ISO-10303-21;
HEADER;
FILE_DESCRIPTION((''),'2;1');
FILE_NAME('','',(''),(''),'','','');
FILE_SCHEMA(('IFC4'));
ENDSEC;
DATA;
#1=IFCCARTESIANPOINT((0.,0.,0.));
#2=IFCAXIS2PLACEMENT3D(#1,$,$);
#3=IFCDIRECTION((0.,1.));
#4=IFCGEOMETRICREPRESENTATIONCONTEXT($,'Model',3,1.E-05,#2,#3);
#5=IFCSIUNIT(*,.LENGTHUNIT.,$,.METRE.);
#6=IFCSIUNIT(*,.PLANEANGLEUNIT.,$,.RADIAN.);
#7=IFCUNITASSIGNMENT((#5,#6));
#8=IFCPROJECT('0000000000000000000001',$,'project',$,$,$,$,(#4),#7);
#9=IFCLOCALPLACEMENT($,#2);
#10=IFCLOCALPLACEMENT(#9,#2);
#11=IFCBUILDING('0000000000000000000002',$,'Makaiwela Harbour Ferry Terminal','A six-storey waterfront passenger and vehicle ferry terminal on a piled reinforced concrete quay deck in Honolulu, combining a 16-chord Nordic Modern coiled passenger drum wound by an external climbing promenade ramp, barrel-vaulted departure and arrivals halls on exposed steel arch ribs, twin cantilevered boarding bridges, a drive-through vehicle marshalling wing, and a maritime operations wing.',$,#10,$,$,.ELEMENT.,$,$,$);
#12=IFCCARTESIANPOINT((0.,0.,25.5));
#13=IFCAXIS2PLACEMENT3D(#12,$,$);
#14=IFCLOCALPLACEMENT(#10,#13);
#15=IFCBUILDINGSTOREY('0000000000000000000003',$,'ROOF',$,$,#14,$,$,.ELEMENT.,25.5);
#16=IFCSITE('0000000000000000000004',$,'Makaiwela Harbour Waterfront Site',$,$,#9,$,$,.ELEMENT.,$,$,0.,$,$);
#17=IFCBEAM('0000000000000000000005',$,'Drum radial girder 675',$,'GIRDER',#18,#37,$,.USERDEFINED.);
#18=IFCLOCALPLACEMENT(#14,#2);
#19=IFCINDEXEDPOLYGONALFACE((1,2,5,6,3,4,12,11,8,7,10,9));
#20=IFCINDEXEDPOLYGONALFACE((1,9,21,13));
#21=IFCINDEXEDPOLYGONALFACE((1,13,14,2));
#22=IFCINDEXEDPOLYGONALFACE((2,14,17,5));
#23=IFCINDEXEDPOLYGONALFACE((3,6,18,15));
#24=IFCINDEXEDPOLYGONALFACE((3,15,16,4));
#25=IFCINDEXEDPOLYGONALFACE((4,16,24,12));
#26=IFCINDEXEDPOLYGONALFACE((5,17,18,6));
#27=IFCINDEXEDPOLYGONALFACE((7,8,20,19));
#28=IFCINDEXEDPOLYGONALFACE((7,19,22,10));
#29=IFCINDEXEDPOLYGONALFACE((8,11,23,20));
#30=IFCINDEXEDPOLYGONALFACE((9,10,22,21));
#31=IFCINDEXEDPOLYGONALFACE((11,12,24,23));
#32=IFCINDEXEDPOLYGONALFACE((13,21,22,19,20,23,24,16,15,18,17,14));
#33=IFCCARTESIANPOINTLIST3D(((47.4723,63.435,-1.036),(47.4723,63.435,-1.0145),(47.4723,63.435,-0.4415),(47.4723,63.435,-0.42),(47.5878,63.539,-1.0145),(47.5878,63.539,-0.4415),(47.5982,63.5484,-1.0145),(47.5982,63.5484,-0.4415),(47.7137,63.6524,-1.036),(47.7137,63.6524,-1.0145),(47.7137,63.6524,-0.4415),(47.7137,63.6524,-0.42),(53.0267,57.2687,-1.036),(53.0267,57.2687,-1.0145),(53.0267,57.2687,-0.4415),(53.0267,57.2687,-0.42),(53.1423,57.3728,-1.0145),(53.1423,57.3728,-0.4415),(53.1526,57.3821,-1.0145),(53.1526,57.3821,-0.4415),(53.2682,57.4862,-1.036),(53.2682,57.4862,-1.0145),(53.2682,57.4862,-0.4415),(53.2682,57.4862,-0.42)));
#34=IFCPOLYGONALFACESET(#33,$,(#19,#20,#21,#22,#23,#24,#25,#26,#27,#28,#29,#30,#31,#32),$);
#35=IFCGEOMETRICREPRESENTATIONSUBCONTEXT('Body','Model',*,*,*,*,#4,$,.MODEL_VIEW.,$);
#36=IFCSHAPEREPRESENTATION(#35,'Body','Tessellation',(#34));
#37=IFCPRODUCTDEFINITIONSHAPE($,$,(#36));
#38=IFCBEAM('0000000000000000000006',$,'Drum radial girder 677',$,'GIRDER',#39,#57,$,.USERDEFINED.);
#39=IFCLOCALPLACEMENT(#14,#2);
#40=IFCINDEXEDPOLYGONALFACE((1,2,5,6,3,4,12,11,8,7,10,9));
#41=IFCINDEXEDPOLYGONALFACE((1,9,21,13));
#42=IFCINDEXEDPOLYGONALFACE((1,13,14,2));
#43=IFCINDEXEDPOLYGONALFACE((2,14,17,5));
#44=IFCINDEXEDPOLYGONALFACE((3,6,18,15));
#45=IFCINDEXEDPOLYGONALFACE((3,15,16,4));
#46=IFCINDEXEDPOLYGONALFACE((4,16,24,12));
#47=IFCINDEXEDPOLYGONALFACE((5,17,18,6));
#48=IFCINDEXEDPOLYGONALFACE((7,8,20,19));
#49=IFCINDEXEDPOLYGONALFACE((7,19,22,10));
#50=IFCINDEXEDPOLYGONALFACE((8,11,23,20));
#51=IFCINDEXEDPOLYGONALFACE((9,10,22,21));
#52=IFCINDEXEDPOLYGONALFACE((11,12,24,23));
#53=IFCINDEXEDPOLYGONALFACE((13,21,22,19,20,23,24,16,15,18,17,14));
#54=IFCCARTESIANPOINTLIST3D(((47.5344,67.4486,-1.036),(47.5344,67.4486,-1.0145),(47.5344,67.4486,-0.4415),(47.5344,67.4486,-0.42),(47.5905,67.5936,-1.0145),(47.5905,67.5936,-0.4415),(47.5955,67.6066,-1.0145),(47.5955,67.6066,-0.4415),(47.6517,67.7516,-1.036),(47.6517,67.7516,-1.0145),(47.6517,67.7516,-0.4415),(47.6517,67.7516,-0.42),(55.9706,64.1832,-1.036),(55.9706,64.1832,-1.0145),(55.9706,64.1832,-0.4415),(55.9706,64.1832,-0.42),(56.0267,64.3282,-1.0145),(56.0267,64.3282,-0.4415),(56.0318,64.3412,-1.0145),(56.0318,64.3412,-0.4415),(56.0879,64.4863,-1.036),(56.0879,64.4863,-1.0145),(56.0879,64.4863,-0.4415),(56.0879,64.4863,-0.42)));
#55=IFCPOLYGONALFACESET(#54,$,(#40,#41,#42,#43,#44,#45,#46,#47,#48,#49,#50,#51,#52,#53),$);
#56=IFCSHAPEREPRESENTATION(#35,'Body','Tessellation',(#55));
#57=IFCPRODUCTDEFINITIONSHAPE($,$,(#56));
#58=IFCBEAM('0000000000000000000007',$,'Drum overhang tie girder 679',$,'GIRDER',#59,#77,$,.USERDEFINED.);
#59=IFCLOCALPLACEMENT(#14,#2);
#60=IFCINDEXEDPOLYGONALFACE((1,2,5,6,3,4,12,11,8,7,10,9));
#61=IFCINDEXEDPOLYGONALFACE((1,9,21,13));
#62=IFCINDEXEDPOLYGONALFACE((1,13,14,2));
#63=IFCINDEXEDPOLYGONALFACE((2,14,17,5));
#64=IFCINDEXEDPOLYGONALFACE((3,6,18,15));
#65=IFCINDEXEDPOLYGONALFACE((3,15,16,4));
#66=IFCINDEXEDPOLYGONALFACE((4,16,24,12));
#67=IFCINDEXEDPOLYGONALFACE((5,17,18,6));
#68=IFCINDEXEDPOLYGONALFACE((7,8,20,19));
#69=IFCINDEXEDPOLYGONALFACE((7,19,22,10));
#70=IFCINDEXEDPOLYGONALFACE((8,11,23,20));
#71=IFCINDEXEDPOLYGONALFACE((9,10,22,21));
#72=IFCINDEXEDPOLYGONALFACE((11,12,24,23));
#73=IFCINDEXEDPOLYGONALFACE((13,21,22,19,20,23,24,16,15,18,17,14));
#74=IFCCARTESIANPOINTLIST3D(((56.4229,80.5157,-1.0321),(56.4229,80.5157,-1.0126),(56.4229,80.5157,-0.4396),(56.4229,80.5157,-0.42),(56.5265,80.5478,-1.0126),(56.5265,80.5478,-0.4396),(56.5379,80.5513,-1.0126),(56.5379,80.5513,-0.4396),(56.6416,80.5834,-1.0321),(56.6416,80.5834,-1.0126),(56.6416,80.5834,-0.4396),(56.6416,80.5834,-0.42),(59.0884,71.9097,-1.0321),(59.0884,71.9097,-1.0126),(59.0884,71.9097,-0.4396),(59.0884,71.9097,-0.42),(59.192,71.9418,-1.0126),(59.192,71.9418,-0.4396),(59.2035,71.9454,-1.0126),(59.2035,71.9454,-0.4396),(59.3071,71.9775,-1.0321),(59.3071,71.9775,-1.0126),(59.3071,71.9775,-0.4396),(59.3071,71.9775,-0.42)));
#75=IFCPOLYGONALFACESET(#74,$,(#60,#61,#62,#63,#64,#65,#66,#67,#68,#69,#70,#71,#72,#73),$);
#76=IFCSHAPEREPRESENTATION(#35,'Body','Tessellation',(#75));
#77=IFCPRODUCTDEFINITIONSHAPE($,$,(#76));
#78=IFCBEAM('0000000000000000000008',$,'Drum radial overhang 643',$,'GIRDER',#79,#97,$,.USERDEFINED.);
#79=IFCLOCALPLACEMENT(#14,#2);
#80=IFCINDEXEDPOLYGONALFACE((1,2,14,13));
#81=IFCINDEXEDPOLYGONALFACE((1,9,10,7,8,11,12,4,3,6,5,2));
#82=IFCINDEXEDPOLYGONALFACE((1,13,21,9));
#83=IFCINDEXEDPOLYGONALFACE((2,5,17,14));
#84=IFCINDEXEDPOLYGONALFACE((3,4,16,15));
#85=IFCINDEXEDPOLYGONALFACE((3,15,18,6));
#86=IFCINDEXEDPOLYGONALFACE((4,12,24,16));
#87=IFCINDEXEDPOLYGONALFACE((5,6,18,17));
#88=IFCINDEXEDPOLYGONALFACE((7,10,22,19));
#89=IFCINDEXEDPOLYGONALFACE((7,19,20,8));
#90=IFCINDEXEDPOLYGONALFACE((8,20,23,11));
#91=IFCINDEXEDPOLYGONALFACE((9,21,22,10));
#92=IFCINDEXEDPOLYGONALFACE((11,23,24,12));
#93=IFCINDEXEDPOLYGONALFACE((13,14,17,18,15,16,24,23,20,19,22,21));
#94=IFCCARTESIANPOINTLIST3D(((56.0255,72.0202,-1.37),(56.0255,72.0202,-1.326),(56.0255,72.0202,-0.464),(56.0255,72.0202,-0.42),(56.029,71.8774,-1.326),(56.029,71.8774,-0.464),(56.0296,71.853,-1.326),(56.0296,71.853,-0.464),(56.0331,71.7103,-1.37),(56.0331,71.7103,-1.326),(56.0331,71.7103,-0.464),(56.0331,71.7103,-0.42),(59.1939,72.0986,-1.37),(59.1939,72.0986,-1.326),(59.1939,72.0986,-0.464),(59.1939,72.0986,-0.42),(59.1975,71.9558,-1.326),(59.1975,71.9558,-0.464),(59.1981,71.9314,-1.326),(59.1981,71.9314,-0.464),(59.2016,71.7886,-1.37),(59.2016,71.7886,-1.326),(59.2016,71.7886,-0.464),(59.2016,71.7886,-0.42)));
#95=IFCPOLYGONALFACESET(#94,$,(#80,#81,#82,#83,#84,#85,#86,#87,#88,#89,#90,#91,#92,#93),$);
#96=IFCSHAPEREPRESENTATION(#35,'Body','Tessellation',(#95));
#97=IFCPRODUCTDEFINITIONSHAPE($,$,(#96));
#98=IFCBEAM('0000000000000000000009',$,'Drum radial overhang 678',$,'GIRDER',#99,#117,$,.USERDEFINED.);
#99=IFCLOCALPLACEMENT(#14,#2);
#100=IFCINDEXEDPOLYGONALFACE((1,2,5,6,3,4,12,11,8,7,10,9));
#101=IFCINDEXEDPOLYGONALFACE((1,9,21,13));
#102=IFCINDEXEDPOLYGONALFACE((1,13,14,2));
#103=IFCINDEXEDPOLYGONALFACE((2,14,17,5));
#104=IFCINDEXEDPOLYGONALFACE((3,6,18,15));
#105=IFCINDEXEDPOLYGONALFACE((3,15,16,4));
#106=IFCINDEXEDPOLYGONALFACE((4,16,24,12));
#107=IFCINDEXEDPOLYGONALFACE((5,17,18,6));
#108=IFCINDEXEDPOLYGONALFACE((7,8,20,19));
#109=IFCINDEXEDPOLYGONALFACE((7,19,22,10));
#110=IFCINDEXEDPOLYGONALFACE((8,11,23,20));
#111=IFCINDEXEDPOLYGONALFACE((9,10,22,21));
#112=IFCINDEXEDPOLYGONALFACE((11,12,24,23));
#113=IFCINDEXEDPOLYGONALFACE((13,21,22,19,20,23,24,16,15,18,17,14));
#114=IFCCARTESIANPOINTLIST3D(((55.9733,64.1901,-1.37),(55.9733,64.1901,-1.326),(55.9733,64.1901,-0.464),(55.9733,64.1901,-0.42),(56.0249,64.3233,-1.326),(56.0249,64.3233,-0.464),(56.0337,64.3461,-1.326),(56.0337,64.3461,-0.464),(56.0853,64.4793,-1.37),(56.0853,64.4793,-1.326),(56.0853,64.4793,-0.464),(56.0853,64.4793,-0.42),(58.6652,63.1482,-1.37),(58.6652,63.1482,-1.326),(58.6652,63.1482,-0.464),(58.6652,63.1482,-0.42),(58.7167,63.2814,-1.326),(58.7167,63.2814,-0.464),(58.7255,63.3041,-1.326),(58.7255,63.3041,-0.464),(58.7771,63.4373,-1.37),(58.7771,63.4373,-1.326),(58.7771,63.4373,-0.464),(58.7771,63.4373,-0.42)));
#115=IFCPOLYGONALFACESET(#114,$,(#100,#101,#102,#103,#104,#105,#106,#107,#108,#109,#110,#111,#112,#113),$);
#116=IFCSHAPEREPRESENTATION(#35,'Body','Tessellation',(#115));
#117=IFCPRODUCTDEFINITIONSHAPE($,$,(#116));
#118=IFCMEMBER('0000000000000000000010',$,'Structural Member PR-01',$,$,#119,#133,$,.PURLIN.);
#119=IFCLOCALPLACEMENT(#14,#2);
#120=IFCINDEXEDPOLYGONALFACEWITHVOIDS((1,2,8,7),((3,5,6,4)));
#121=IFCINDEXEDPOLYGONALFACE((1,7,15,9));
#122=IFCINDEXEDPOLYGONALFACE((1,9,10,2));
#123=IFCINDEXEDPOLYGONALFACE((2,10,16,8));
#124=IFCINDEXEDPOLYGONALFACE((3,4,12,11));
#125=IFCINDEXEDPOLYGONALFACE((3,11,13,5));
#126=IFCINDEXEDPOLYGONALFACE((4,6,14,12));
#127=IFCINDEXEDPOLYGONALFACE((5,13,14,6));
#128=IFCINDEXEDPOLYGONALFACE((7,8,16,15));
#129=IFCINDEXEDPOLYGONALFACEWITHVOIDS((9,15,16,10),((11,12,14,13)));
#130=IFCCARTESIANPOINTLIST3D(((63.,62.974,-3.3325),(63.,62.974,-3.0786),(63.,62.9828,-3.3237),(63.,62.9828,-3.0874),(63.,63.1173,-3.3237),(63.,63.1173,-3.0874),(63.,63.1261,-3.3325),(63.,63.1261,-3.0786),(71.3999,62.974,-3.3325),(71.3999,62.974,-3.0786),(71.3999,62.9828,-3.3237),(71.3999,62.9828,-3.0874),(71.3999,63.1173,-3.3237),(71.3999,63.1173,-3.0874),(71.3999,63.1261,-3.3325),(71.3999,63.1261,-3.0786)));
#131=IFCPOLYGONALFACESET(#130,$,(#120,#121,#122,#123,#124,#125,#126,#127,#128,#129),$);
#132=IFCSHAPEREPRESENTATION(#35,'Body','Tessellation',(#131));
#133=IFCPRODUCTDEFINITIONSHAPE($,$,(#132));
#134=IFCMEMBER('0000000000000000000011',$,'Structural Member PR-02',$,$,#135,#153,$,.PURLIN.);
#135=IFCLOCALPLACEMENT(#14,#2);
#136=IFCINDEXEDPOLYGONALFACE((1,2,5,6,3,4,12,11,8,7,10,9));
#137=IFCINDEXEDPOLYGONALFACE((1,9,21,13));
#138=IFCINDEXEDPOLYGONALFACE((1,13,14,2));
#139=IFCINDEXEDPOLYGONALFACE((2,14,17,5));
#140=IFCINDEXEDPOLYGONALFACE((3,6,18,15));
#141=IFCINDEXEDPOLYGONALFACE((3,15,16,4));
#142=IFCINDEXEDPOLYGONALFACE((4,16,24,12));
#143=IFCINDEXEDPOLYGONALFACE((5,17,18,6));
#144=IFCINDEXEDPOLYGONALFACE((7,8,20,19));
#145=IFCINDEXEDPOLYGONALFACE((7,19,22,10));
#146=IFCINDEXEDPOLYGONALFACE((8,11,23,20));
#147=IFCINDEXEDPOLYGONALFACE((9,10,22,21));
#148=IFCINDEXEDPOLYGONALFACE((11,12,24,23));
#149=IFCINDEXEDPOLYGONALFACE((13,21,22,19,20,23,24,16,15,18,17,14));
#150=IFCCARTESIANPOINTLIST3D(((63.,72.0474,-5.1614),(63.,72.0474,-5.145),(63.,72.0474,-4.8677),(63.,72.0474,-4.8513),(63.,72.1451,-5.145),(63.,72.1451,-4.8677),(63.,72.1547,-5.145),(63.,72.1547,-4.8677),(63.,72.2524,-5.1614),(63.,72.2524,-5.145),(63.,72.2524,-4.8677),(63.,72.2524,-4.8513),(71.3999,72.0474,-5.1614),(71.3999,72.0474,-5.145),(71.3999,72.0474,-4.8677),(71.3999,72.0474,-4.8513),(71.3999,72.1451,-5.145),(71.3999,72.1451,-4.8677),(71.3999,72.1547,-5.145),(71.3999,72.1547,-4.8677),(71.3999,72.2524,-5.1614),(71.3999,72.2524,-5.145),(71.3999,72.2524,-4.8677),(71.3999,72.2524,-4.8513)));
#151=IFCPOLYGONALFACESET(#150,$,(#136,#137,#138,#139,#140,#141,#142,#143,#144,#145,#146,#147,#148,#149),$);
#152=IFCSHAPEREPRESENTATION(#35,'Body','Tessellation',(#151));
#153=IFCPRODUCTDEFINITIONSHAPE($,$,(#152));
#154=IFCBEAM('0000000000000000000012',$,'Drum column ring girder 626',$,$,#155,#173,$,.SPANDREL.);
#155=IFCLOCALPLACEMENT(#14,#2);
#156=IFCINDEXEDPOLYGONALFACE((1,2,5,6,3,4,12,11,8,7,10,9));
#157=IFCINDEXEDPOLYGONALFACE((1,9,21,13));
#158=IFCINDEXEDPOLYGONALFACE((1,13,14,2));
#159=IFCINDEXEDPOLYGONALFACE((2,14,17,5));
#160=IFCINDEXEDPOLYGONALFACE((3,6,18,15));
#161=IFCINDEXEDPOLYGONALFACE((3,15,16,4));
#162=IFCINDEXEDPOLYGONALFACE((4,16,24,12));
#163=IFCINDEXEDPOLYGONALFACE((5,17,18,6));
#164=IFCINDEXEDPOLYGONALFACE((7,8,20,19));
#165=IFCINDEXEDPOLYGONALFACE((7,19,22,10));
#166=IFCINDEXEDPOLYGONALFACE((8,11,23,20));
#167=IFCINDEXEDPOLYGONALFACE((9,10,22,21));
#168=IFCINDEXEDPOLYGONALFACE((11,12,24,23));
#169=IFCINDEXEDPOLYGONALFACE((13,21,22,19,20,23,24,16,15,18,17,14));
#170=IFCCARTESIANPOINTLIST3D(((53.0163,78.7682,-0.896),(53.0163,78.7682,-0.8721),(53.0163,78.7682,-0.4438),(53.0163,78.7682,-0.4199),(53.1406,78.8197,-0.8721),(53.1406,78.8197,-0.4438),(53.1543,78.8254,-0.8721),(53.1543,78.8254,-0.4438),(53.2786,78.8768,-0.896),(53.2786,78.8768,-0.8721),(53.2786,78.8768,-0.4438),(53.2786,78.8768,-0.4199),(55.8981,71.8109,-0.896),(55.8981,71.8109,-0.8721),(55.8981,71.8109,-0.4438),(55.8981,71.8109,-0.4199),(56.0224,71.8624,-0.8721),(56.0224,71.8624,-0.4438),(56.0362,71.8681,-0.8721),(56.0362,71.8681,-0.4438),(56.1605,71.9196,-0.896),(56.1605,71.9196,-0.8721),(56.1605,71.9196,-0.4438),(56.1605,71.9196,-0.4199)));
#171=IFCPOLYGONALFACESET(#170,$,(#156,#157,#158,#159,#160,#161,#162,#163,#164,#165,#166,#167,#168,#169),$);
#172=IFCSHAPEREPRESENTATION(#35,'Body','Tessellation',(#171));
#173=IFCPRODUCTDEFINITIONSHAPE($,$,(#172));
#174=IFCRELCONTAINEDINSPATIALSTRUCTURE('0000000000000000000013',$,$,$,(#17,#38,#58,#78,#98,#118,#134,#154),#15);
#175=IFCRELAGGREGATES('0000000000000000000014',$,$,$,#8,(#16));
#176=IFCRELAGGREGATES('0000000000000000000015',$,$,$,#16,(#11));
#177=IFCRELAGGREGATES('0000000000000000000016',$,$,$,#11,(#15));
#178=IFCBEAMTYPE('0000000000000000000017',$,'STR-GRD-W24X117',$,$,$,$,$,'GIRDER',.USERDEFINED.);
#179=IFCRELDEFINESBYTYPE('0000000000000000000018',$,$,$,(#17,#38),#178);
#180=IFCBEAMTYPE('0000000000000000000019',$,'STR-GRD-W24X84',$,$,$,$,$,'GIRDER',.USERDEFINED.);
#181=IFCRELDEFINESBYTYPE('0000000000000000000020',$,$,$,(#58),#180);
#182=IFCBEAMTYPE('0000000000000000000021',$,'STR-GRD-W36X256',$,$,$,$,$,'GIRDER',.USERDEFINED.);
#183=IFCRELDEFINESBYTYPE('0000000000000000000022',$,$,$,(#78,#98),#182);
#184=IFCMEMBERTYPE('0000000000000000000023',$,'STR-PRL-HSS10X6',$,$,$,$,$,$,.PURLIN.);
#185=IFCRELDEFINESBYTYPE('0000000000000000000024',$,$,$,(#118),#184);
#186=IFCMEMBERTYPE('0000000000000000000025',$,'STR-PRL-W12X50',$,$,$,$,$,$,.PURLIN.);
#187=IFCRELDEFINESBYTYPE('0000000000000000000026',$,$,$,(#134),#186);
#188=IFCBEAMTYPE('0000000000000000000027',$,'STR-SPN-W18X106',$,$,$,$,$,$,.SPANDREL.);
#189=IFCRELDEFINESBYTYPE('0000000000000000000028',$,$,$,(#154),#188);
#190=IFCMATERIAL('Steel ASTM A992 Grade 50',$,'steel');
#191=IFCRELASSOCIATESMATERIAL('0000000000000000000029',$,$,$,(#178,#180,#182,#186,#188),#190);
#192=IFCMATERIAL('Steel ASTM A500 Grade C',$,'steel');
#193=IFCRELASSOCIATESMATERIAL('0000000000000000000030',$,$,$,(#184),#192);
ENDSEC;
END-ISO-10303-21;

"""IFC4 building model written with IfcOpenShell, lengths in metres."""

from ifc_helpers import new_model, si_unit, direction, frame, origin, origin_2d, place, context, subcontext, project, spatial, hollow_rectangle, i_section, extrude, material, material_profile, profile_set, type_object, element, save


model = new_model("IFC4")

# Units and contexts
model_context = context("Model", 3, precision=1e-05, world=origin(), true_north=direction((0.0, 1.0)))
body_context = subcontext(model_context, "Body", "Model", "MODEL_VIEW")
ifc_project = project(units=[si_unit("LENGTHUNIT", "METRE"), si_unit("PLANEANGLEUNIT", "RADIAN")], contexts=[model_context])

# Site, building, storey
site_placement = place(None, origin())
site = spatial("IfcSite", under=ifc_project, at=site_placement, Name="Makaiwela Harbour Waterfront Site", CompositionType="ELEMENT", RefElevation=0.0)
building_placement = place(site_placement, origin())
building = spatial("IfcBuilding", under=site, at=building_placement, Name="Makaiwela Harbour Ferry Terminal", Description="A six-storey waterfront passenger and vehicle ferry terminal on a piled reinforced concrete quay deck in Honolulu, combining a 16-chord Nordic Modern coiled passenger drum wound by an external climbing promenade ramp, barrel-vaulted departure and arrivals halls on exposed steel arch ribs, twin cantilevered boarding bridges, a drive-through vehicle marshalling wing, and a maritime operations wing.", CompositionType="ELEMENT")
storey_placement = place(building_placement, frame((0.0, 0.0, 25.5)))
storey = spatial("IfcBuildingStorey", under=building, at=storey_placement, Name="ROOF", CompositionType="ELEMENT", Elevation=25.5)

# Beams
ifc_material_1 = material(Name="Steel ASTM A992 Grade 50", Category="steel")
ifc_material_profile_1 = material_profile(ifc_material_1, i_section(OverallWidth=0.325, OverallDepth=0.616, WebThickness=0.0139, FlangeThickness=0.0215, at=origin_2d()), Name="W24X117")
ifc_profile_set_1 = profile_set([ifc_material_profile_1], Name="Steel ASTM A992 Grade 50")
beam_type_1 = type_object("IfcBeamType", Name="STR-GRD-W24X117", ElementType="GIRDER", PredefinedType="USERDEFINED", material=ifc_profile_set_1)
beam_1_placement = place(storey_placement, frame((47.593, 63.5437, -0.728), z_axis=(0.669285, -0.743006, 0.0), x_axis=(0.743006, 0.669285, 0.0)))
element("IfcBeam", 1, at=beam_1_placement, inside=storey, type_object=beam_type_1, Name="Drum radial girder 675", ObjectType="GIRDER", PredefinedType="USERDEFINED", context=body_context, shape_type="SweptSolid", body=[
    extrude(i_section(OverallWidth=0.325, OverallDepth=0.616, WebThickness=0.0139, FlangeThickness=0.0215, at=origin_2d()), origin(), (0.0, 0.0, 1.0), 8.2991),
])
beam_2_placement = place(storey_placement, frame((47.593, 67.6001, -0.728), z_axis=(0.932578, -0.360968, 0.0), x_axis=(0.360968, 0.932578, 0.0)))
element("IfcBeam", 2, at=beam_2_placement, inside=storey, type_object=beam_type_1, Name="Drum radial girder 677", ObjectType="GIRDER", PredefinedType="USERDEFINED", context=body_context, shape_type="SweptSolid", body=[
    extrude(i_section(OverallWidth=0.325, OverallDepth=0.616, WebThickness=0.0139, FlangeThickness=0.0215, at=origin_2d()), origin(), (0.0, 0.0, 1.0), 9.0461),
])
ifc_material_profile_2 = material_profile(ifc_material_1, i_section(OverallWidth=0.229, OverallDepth=0.6121, WebThickness=0.012, FlangeThickness=0.0195, at=origin_2d()), Name="W24X84")
ifc_profile_set_2 = profile_set([ifc_material_profile_2], Name="Steel ASTM A992 Grade 50")
beam_type_2 = type_object("IfcBeamType", Name="STR-GRD-W24X84", ElementType="GIRDER", PredefinedType="USERDEFINED", material=ifc_profile_set_2)
beam_3_placement = place(storey_placement, frame((59.1978, 71.9436, -0.7261), z_axis=(-0.295864, 0.95523, 0.0), x_axis=(-0.95523, -0.295864, 0.0)))
element("IfcBeam", 3, at=beam_3_placement, inside=storey, type_object=beam_type_2, Name="Drum overhang tie girder 679", ObjectType="GIRDER", PredefinedType="USERDEFINED", context=body_context, shape_type="SweptSolid", body=[
    extrude(i_section(OverallWidth=0.229, OverallDepth=0.6121, WebThickness=0.012, FlangeThickness=0.0195, at=origin_2d()), origin(), (0.0, 0.0, 1.0), 9.0093),
])
ifc_material_profile_3 = material_profile(ifc_material_1, i_section(OverallWidth=0.3101, OverallDepth=0.95, WebThickness=0.0244, FlangeThickness=0.0439, at=origin_2d()), Name="W36X256")
ifc_profile_set_3 = profile_set([ifc_material_profile_3], Name="Steel ASTM A992 Grade 50")
beam_type_3 = type_object("IfcBeamType", Name="STR-GRD-W36X256", ElementType="GIRDER", PredefinedType="USERDEFINED", material=ifc_profile_set_3)
beam_4_placement = place(storey_placement, frame((56.0293, 71.8652, -0.895), z_axis=(0.999694, 0.024727, 0.0), x_axis=(-0.024727, 0.999694, 0.0)))
element("IfcBeam", 4, at=beam_4_placement, inside=storey, type_object=beam_type_3, Name="Drum radial overhang 643", ObjectType="GIRDER", PredefinedType="USERDEFINED", context=body_context, shape_type="SweptSolid", body=[
    extrude(i_section(OverallWidth=0.3101, OverallDepth=0.95, WebThickness=0.0244, FlangeThickness=0.0439, at=origin_2d()), origin(), (0.0, 0.0, 1.0), 3.1694),
])
beam_5_placement = place(storey_placement, frame((56.0293, 64.3347, -0.895), z_axis=(0.932572, -0.360985, 0.0), x_axis=(0.360985, 0.932572, 0.0)))
element("IfcBeam", 5, at=beam_5_placement, inside=storey, type_object=beam_type_3, Name="Drum radial overhang 678", ObjectType="GIRDER", PredefinedType="USERDEFINED", context=body_context, shape_type="SweptSolid", body=[
    extrude(i_section(OverallWidth=0.3101, OverallDepth=0.95, WebThickness=0.0244, FlangeThickness=0.0439, at=origin_2d()), origin(), (0.0, 0.0, 1.0), 2.8865),
])

# Members
ifc_material_2 = material(Name="Steel ASTM A500 Grade C", Category="steel")
ifc_material_profile_4 = material_profile(ifc_material_2, hollow_rectangle(XDim=0.1521, YDim=0.2539, WallThickness=0.0088, at=origin_2d()), Name="HSS10X6X3/8")
ifc_profile_set_4 = profile_set([ifc_material_profile_4], Name="Steel ASTM A500 Grade C")
member_type_1 = type_object("IfcMemberType", Name="STR-PRL-HSS10X6", PredefinedType="PURLIN", material=ifc_profile_set_4)
member_1_placement = place(storey_placement, frame((63.0, 63.05, -3.2056), z_axis=(1.0, 0.0, 0.0), x_axis=(0.0, 1.0, 0.0)))
element("IfcMember", 6, at=member_1_placement, inside=storey, type_object=member_type_1, Name="Structural Member PR-01", PredefinedType="PURLIN", context=body_context, shape_type="SweptSolid", body=[
    extrude(hollow_rectangle(XDim=0.1521, YDim=0.2539, WallThickness=0.0088, at=origin_2d()), origin(), (0.0, 0.0, 1.0), 8.3999),
])
ifc_material_profile_5 = material_profile(ifc_material_1, i_section(OverallWidth=0.2051, OverallDepth=0.3101, WebThickness=0.0095, FlangeThickness=0.0164, at=origin_2d()), Name="W12X50")
ifc_profile_set_5 = profile_set([ifc_material_profile_5], Name="Steel ASTM A992 Grade 50")
member_type_2 = type_object("IfcMemberType", Name="STR-PRL-W12X50", PredefinedType="PURLIN", material=ifc_profile_set_5)
member_2_placement = place(storey_placement, frame((63.0, 72.1499, -5.0063), z_axis=(1.0, 0.0, 0.0), x_axis=(0.0, 1.0, 0.0)))
element("IfcMember", 7, at=member_2_placement, inside=storey, type_object=member_type_2, Name="Structural Member PR-02", PredefinedType="PURLIN", context=body_context, shape_type="SweptSolid", body=[
    extrude(i_section(OverallWidth=0.2051, OverallDepth=0.3101, WebThickness=0.0095, FlangeThickness=0.0164, at=origin_2d()), origin(), (0.0, 0.0, 1.0), 8.3999),
])

# Beam
ifc_material_profile_6 = material_profile(ifc_material_1, i_section(OverallWidth=0.2839, OverallDepth=0.4761, WebThickness=0.0149, FlangeThickness=0.0239, at=origin_2d()), Name="W18X106")
ifc_profile_set_6 = profile_set([ifc_material_profile_6], Name="Steel ASTM A992 Grade 50")
beam_type_4 = type_object("IfcBeamType", Name="STR-SPN-W18X106", PredefinedType="SPANDREL", material=ifc_profile_set_6)
for number, where, z_axis, x_axis, name in (
    (8, (56.0293, 71.8652, -0.658), (-0.382688, 0.923878, 0.0), (-0.923878, -0.382688, 0.0), "Drum column ring girder 626"),
):
    element("IfcBeam", number, at=place(storey_placement, frame(where, z_axis=z_axis, x_axis=x_axis)), inside=storey, type_object=beam_type_4, Name=name, PredefinedType="SPANDREL", context=body_context, shape_type="SweptSolid", body=[
        extrude(i_section(OverallWidth=0.2839, OverallDepth=0.4761, WebThickness=0.0149, FlangeThickness=0.0239, at=origin_2d()), origin(), (0.0, 0.0, 1.0), 7.5305),
    ])

save(model, "model.ifc")
